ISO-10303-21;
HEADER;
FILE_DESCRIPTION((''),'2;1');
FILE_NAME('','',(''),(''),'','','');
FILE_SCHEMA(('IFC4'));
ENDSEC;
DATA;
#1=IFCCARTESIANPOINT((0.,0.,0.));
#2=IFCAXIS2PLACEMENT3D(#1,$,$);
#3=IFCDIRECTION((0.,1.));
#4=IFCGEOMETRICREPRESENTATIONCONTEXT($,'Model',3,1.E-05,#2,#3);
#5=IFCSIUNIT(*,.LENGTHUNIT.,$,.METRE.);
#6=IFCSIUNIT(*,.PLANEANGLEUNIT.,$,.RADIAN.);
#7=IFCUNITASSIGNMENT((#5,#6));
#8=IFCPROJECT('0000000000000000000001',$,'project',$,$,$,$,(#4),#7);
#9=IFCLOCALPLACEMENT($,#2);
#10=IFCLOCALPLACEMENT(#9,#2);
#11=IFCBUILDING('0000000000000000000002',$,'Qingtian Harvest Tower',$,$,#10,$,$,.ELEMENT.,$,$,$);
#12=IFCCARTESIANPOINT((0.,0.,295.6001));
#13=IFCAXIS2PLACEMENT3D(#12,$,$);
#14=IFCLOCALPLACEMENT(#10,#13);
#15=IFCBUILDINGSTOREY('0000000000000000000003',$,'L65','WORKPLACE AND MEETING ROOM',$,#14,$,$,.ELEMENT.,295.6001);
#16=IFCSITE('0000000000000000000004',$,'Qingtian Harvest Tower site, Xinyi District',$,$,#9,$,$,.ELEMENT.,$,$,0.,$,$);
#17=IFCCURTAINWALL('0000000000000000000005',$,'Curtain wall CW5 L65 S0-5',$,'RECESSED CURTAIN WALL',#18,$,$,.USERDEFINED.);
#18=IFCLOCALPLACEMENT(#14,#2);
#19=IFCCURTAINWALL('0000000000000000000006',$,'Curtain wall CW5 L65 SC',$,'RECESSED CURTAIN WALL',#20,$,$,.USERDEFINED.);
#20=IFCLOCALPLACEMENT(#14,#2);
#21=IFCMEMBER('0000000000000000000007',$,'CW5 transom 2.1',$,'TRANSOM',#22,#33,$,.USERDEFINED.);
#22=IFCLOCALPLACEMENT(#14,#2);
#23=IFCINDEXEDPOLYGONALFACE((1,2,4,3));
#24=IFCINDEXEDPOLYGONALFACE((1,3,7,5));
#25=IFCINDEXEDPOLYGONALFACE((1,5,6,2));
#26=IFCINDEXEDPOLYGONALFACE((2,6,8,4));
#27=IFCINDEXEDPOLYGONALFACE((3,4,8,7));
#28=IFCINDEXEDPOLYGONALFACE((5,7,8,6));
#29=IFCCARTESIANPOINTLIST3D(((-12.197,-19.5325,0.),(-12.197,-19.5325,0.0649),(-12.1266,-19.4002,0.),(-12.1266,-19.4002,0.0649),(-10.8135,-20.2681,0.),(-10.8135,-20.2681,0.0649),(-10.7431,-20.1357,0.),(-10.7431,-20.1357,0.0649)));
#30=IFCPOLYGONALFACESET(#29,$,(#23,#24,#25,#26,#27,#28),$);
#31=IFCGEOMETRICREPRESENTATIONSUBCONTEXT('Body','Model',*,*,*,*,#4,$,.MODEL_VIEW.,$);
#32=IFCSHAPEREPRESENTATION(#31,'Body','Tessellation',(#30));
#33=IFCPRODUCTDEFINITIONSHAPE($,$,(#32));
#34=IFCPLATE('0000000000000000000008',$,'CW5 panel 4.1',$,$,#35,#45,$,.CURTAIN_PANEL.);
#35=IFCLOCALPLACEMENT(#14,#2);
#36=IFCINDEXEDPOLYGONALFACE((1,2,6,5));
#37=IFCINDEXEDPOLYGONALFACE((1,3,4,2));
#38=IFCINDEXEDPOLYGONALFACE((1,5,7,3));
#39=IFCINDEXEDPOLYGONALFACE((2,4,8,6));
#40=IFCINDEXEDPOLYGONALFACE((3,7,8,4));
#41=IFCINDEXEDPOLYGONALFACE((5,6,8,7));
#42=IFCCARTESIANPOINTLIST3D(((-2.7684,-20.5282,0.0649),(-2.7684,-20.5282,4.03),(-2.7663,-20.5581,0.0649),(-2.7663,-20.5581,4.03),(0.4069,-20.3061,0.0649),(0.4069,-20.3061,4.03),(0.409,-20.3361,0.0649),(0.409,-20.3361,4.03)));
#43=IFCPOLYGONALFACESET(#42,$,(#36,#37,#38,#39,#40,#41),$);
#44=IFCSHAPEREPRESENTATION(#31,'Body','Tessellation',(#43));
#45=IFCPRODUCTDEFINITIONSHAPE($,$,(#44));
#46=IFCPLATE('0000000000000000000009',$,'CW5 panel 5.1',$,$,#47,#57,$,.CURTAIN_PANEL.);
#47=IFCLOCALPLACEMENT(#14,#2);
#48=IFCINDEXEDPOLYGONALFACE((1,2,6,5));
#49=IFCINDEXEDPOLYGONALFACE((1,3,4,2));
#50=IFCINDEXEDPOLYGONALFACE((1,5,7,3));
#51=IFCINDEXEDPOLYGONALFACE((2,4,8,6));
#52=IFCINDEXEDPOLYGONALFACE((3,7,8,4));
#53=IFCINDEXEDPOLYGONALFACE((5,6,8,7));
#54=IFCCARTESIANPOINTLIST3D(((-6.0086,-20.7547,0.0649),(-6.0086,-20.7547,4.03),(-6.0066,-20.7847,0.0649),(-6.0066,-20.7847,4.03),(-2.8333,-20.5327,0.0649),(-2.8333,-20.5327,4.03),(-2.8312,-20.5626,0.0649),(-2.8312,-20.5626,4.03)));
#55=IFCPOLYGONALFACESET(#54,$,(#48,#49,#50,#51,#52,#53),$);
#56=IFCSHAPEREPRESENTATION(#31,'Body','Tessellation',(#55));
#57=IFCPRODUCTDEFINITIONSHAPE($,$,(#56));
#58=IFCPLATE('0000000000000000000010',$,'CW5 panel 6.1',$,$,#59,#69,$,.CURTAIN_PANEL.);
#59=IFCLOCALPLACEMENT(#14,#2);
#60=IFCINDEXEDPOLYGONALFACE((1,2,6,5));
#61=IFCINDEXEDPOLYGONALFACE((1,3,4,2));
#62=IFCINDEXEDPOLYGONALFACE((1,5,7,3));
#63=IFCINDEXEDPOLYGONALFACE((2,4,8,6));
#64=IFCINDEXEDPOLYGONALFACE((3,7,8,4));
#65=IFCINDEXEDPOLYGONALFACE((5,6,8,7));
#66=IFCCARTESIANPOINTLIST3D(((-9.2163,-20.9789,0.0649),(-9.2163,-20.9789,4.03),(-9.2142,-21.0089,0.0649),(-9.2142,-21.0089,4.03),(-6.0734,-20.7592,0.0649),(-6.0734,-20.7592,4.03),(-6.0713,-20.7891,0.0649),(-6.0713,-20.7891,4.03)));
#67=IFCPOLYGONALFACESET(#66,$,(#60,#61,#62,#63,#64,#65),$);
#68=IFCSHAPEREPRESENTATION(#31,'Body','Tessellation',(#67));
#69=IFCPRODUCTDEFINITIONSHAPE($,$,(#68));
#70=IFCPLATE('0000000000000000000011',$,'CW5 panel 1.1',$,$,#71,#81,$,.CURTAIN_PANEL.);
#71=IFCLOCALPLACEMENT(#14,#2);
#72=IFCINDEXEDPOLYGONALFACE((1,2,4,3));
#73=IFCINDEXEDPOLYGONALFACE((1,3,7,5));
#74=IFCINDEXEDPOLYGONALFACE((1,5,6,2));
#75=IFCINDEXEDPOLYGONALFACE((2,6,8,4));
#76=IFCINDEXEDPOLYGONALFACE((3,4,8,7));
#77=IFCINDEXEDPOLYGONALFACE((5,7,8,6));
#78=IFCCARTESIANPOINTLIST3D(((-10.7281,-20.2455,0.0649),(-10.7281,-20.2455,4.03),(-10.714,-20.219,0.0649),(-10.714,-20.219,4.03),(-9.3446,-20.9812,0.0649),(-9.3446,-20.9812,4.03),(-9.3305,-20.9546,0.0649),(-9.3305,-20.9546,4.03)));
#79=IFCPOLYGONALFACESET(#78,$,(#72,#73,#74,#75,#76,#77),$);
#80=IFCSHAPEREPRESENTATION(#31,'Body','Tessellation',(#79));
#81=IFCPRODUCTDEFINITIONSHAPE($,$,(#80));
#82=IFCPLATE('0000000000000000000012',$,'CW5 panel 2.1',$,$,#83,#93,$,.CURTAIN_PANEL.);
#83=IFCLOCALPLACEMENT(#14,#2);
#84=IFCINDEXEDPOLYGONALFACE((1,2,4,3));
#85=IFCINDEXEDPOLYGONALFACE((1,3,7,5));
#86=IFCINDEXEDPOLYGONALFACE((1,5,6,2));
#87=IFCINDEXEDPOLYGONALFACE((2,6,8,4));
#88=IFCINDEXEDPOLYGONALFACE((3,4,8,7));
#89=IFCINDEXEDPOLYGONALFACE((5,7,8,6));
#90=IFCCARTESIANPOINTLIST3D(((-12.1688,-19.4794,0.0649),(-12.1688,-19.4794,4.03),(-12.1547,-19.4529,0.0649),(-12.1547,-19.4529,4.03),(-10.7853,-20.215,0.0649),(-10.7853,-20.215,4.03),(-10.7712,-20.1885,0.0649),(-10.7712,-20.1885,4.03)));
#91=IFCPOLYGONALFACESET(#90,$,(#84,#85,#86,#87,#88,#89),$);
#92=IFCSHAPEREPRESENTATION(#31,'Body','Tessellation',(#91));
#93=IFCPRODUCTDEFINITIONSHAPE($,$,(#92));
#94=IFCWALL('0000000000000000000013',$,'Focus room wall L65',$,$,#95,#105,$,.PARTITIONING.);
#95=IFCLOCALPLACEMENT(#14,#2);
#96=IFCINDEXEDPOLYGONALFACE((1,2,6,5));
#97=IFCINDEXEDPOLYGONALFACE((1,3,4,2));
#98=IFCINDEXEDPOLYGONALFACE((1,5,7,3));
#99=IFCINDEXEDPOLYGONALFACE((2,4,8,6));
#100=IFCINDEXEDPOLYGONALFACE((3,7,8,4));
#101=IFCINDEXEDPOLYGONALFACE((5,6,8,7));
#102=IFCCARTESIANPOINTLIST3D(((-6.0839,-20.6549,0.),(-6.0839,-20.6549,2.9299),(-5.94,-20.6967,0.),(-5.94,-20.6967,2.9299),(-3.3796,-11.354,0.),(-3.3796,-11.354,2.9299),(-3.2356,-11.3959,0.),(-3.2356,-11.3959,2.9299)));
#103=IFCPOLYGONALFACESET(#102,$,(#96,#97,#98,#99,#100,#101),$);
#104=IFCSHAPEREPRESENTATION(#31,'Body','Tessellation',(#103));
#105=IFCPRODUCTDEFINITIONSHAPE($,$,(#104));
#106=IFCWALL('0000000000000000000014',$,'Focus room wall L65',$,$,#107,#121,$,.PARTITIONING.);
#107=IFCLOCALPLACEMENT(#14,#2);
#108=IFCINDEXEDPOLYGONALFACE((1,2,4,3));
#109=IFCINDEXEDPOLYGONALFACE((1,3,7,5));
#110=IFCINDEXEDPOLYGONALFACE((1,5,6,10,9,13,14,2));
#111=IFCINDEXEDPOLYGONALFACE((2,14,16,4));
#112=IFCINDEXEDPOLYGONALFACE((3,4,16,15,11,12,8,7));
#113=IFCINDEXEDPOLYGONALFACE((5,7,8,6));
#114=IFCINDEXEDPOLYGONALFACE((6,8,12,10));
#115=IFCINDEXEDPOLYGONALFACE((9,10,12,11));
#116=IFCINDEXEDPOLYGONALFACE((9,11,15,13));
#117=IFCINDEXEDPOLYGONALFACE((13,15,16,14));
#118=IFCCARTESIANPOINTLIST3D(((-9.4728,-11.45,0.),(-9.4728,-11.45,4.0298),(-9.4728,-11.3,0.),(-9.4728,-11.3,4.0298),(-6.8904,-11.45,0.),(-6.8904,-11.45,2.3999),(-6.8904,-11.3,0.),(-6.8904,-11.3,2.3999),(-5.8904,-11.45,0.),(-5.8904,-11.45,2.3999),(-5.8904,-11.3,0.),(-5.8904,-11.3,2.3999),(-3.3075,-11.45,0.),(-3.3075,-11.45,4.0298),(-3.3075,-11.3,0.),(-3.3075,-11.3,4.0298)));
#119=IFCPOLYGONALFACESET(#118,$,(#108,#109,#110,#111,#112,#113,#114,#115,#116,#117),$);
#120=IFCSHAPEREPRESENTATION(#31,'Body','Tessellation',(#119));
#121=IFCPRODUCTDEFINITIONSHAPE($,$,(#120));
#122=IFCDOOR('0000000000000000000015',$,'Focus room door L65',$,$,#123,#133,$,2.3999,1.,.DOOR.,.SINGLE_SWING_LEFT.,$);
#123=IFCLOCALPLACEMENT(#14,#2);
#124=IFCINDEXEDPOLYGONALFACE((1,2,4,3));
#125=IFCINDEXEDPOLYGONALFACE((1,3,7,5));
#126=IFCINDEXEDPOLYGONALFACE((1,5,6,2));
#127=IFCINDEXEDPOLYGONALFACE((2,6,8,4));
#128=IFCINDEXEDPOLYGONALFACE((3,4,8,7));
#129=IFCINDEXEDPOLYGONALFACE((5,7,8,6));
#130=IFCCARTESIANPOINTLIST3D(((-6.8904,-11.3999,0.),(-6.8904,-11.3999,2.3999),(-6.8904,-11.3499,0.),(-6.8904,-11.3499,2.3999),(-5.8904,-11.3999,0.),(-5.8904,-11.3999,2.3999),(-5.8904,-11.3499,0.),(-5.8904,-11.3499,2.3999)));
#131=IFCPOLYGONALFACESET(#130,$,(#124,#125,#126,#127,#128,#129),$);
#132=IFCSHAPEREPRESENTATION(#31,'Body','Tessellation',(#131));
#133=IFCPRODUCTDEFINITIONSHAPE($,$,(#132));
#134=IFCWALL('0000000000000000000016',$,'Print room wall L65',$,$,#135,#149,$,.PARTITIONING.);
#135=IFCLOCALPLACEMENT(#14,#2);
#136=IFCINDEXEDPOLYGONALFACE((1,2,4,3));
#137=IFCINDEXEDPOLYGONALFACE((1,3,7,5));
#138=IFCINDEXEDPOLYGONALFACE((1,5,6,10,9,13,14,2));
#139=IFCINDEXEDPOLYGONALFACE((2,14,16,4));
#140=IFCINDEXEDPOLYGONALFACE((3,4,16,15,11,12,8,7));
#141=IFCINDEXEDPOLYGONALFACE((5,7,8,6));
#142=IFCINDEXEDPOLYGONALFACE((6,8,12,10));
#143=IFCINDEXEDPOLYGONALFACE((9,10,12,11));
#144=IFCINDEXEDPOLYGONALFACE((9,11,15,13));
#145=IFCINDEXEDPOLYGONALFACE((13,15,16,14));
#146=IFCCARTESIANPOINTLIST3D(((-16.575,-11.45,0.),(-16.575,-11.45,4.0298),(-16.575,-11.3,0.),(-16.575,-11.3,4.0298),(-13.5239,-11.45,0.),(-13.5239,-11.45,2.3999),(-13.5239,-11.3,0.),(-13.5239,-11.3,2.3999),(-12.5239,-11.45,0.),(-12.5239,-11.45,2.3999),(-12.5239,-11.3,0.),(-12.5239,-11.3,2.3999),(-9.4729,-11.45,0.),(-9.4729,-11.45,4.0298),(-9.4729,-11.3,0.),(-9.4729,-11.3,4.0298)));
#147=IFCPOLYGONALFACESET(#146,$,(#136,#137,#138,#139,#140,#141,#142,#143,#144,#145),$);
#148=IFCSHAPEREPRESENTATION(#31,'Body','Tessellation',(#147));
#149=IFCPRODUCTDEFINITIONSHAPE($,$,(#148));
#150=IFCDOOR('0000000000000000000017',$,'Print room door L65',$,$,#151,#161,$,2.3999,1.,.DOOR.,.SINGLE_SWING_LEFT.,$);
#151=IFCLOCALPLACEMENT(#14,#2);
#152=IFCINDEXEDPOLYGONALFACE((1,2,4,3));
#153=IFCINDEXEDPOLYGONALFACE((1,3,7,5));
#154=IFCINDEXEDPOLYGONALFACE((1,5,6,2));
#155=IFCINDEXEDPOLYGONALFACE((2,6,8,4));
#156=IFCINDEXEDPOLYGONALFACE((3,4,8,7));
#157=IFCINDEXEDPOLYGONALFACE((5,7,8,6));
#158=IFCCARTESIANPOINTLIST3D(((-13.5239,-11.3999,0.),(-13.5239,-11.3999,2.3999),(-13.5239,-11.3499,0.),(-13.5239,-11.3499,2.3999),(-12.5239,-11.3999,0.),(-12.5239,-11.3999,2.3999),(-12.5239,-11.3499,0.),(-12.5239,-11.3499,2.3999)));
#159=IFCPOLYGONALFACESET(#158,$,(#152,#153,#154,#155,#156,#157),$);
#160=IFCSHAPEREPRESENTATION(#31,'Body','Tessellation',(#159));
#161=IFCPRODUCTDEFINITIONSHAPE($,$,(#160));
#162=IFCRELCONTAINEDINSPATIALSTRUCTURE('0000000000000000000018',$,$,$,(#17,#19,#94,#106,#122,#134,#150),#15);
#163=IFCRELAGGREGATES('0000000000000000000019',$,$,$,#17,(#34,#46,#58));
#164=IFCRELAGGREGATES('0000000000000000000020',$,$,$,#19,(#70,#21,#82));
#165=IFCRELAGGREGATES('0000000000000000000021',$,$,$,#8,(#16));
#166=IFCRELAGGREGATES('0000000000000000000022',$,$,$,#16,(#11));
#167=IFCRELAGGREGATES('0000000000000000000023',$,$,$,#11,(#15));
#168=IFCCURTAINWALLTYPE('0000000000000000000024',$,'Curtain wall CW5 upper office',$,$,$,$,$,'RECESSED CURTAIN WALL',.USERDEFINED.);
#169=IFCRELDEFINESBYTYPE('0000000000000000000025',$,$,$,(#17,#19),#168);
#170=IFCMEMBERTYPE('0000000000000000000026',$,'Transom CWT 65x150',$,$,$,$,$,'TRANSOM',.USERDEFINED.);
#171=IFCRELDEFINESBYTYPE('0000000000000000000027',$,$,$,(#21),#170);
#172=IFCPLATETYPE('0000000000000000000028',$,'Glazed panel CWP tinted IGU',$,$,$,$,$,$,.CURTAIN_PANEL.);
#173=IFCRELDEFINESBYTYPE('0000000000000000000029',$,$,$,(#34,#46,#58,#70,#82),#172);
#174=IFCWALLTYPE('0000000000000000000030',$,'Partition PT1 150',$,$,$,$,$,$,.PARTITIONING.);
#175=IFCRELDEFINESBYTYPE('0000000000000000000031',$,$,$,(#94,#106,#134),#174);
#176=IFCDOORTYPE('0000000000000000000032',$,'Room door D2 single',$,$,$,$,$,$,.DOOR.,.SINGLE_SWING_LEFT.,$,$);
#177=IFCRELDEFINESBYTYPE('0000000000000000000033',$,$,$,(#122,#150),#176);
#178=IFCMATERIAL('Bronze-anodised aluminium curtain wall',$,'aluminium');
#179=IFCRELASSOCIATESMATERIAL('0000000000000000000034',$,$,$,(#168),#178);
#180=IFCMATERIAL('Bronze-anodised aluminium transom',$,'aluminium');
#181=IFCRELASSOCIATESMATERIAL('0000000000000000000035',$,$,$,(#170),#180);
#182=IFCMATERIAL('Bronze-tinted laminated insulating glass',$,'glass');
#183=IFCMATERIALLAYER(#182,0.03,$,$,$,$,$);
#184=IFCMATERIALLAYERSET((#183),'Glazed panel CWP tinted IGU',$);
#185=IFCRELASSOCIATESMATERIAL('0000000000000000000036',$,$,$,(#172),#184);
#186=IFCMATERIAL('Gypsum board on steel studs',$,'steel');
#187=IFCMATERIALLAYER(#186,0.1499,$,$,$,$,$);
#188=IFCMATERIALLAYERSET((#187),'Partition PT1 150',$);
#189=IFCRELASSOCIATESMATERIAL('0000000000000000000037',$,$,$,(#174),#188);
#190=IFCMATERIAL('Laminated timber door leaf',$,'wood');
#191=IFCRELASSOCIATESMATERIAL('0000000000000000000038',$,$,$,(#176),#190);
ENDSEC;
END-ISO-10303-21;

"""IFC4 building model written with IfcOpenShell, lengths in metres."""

from ifc_helpers import new_model, si_unit, direction, frame, frame_2d, origin, origin_2d, place, context, subcontext, project, spatial, rectangle, extrude, material, layer, layer_set, material_profile, profile_set, type_object, element, fill, aggregate, save


model = new_model("IFC4")

# Units and contexts
model_context = context("Model", 3, precision=1e-05, world=origin(), true_north=direction((0.0, 1.0)))
body_context = subcontext(model_context, "Body", "Model", "MODEL_VIEW")
ifc_project = project(units=[si_unit("LENGTHUNIT", "METRE"), si_unit("PLANEANGLEUNIT", "RADIAN")], contexts=[model_context])

# Site, building, storey
site_placement = place(None, origin())
site = spatial("IfcSite", under=ifc_project, at=site_placement, Name="Qingtian Harvest Tower site, Xinyi District", CompositionType="ELEMENT", RefElevation=0.0)
building_placement = place(site_placement, origin())
building = spatial("IfcBuilding", under=site, at=building_placement, Name="Qingtian Harvest Tower", CompositionType="ELEMENT")
storey_placement = place(building_placement, frame((0.0, 0.0, 295.6001)))
storey = spatial("IfcBuildingStorey", under=building, at=storey_placement, Name="L65", Description="WORKPLACE AND MEETING ROOM", CompositionType="ELEMENT", Elevation=295.6001)

# Curtain walls
ifc_material_1 = material(Name="Bronze-anodised aluminium curtain wall", Category="aluminium")
curtain_wall_type = type_object("IfcCurtainWallType", Name="Curtain wall CW5 upper office", ElementType="RECESSED CURTAIN WALL", PredefinedType="USERDEFINED", material=ifc_material_1)
curtain_wall_1_placement = place(storey_placement, origin())
curtain_wall_1 = element("IfcCurtainWall", 1, at=curtain_wall_1_placement, inside=storey, type_object=curtain_wall_type, Name="Curtain wall CW5 L65 S0-5", ObjectType="RECESSED CURTAIN WALL", PredefinedType="USERDEFINED")
curtain_wall_2_placement = place(storey_placement, origin())
curtain_wall_2 = element("IfcCurtainWall", 2, at=curtain_wall_2_placement, inside=storey, type_object=curtain_wall_type, Name="Curtain wall CW5 L65 SC", ObjectType="RECESSED CURTAIN WALL", PredefinedType="USERDEFINED")

# Member
ifc_material_2 = material(Name="Bronze-anodised aluminium transom", Category="aluminium")
ifc_material_profile_1 = material_profile(ifc_material_2, rectangle(XDim=0.1499, YDim=0.0649, at=origin_2d()), Name="AL 65x150")
ifc_profile_set_1 = profile_set([ifc_material_profile_1], Name="Bronze-anodised aluminium transom")
member_type_1 = type_object("IfcMemberType", Name="Transom CWT 65x150", ElementType="TRANSOM", PredefinedType="USERDEFINED", material=ifc_profile_set_1)
member_1_placement = place(storey_placement, frame((-10.7783, -20.2019, 0.0325), z_axis=(-0.88296, 0.469448, 0.0), x_axis=(-0.469448, -0.88296, 0.0)))
member_1 = element("IfcMember", 3, at=member_1_placement, type_object=member_type_1, Name="CW5 transom 2.1", ObjectType="TRANSOM", PredefinedType="USERDEFINED", context=body_context, shape_type="SweptSolid", body=[
    extrude(rectangle(XDim=0.1499, YDim=0.0649, at=origin_2d()), origin(), (0.0, 0.0, 1.0), 1.5669),
])

# Plates
ifc_material_3 = material(Name="Bronze-tinted laminated insulating glass", Category="glass")
ifc_layer_1 = layer(ifc_material_3, 0.03)
ifc_layer_set_1 = layer_set([ifc_layer_1], Name="Glazed panel CWP tinted IGU")
plate_type = type_object("IfcPlateType", Name="Glazed panel CWP tinted IGU", PredefinedType="CURTAIN_PANEL", material=ifc_layer_set_1)
plate_1_placement = place(storey_placement, frame((-1.1797, -20.4321, 0.0649), z_axis=(0.0, 0.0, 1.0), x_axis=(-0.997564, -0.069756, 0.0)))
plate_1 = element("IfcPlate", 4, at=plate_1_placement, type_object=plate_type, Name="CW5 panel 4.1", PredefinedType="CURTAIN_PANEL", context=body_context, shape_type="SweptSolid", body=[
    extrude(rectangle(XDim=3.1831, YDim=0.03, at=origin_2d()), origin(), (0.0, 0.0, 1.0), 3.9651),
])
plate_2_placement = place(storey_placement, frame((-4.4199, -20.6587, 0.0649), z_axis=(0.0, 0.0, 1.0), x_axis=(-0.997564, -0.069756, 0.0)))
plate_2 = element("IfcPlate", 5, at=plate_2_placement, type_object=plate_type, Name="CW5 panel 5.1", PredefinedType="CURTAIN_PANEL", context=body_context, shape_type="SweptSolid", body=[
    extrude(rectangle(XDim=3.1831, YDim=0.03, at=origin_2d()), origin(), (0.0, 0.0, 1.0), 3.9651),
])
plate_3_placement = place(storey_placement, frame((-7.6438, -20.884, 0.0649), z_axis=(0.0, 0.0, 1.0), x_axis=(-0.997564, -0.069756, 0.0)))
plate_3 = element("IfcPlate", 6, at=plate_3_placement, type_object=plate_type, Name="CW5 panel 6.1", PredefinedType="CURTAIN_PANEL", context=body_context, shape_type="SweptSolid", body=[
    extrude(rectangle(XDim=3.1506, YDim=0.03, at=origin_2d()), origin(), (0.0, 0.0, 1.0), 3.9651),
])
aggregate(curtain_wall_1, [plate_1, plate_2, plate_3])
plate_4_placement = place(storey_placement, frame((-10.0293, -20.6001, 0.0649), z_axis=(0.0, 0.0, 1.0), x_axis=(-0.882948, 0.469472, 0.0)))
plate_4 = element("IfcPlate", 7, at=plate_4_placement, type_object=plate_type, Name="CW5 panel 1.1", PredefinedType="CURTAIN_PANEL", context=body_context, shape_type="SweptSolid", body=[
    extrude(rectangle(XDim=1.5669, YDim=0.03, at=origin_2d()), origin(), (0.0, 0.0, 1.0), 3.9651),
])
plate_5_placement = place(storey_placement, frame((-11.47, -19.834, 0.0649), z_axis=(0.0, 0.0, 1.0), x_axis=(-0.882948, 0.469472, 0.0)))
plate_5 = element("IfcPlate", 8, at=plate_5_placement, type_object=plate_type, Name="CW5 panel 2.1", PredefinedType="CURTAIN_PANEL", context=body_context, shape_type="SweptSolid", body=[
    extrude(rectangle(XDim=1.5669, YDim=0.03, at=origin_2d()), origin(), (0.0, 0.0, 1.0), 3.9651),
])
aggregate(curtain_wall_2, [plate_4, member_1, plate_5])

# Wall
ifc_material_4 = material(Name="Gypsum board on steel studs", Category="steel")
ifc_layer_2 = layer(ifc_material_4, 0.1499)
ifc_layer_set_2 = layer_set([ifc_layer_2], Name="Partition PT1 150")
wall_type = type_object("IfcWallType", Name="Partition PT1 150", PredefinedType="PARTITIONING", material=ifc_layer_set_2)
wall_1_placement = place(storey_placement, frame((-6.012, -20.6758, 0.0), z_axis=(0.0, 0.0, 1.0), x_axis=(0.279202, 0.960232, 0.0)))
element("IfcWall", 9, at=wall_1_placement, inside=storey, type_object=wall_type, Name="Focus room wall L65", PredefinedType="PARTITIONING", context=body_context, shape_type="SweptSolid", body=[
    extrude(rectangle(XDim=9.686, YDim=0.1499, at=frame_2d((4.843, 0.0))), origin(), (0.0, 0.0, 1.0), 2.9299),
])

# Walls, openings, doors
wall_2_placement = place(storey_placement, frame((-3.3076, -11.375, 0.0), z_axis=(0.0, 0.0, 1.0), x_axis=(-1.0, 0.0, 0.0)))
wall_2 = element("IfcWall", 10, at=wall_2_placement, inside=storey, type_object=wall_type, Name="Focus room wall L65", PredefinedType="PARTITIONING", context=body_context, shape_type="SweptSolid", body=[
    extrude(rectangle(XDim=6.1653, YDim=0.1499, at=frame_2d((3.0825, 0.0))), origin(), (0.0, 0.0, 1.0), 4.0298),
])
opening_1_placement = place(wall_2_placement, frame((2.5828, 0.0, 0.0)))
opening_1 = element("IfcOpeningElement", 11, at=opening_1_placement, cuts=wall_2, PredefinedType="OPENING", context=body_context, shape_type="SweptSolid", body=[
    extrude(rectangle(XDim=1.0, YDim=2.3999, at=frame_2d((0.5, 1.2))), frame((0.0, 0.085, 0.0), z_axis=(0.0, -1.0, 0.0), x_axis=(1.0, 0.0, 0.0)), (0.0, 0.0, 1.0), 0.1699),
])
ifc_material_5 = material(Name="Laminated timber door leaf", Category="wood")
door_type = type_object("IfcDoorType", Name="Room door D2 single", OperationType="SINGLE_SWING_LEFT", PredefinedType="DOOR", material=ifc_material_5)
door_1_placement = place(opening_1_placement, origin())
door_1 = element("IfcDoor", 12, at=door_1_placement, inside=storey, type_object=door_type, Name="Focus room door L65", OperationType="SINGLE_SWING_LEFT", OverallHeight=2.3999, OverallWidth=1.0, PredefinedType="DOOR", context=body_context, shape_type="SweptSolid", body=[
    extrude(rectangle(XDim=1.0, YDim=2.3999, at=frame_2d((0.5, 1.2))), frame((0.0, 0.0249, 0.0), z_axis=(0.0, -1.0, 0.0), x_axis=(1.0, 0.0, 0.0)), (0.0, 0.0, 1.0), 0.05),
])
fill(opening_1, door_1)
wall_3_placement = place(storey_placement, frame((-9.4729, -11.375, 0.0), z_axis=(0.0, 0.0, 1.0), x_axis=(-1.0, 0.0, 0.0)))
wall_3 = element("IfcWall", 13, at=wall_3_placement, inside=storey, type_object=wall_type, Name="Print room wall L65", PredefinedType="PARTITIONING", context=body_context, shape_type="SweptSolid", body=[
    extrude(rectangle(XDim=7.1021, YDim=0.1499, at=frame_2d((3.551, 0.0))), origin(), (0.0, 0.0, 1.0), 4.0298),
])
opening_2_placement = place(wall_3_placement, frame((3.051, 0.0, 0.0)))
opening_2 = element("IfcOpeningElement", 14, at=opening_2_placement, cuts=wall_3, PredefinedType="OPENING", context=body_context, shape_type="SweptSolid", body=[
    extrude(rectangle(XDim=1.0, YDim=2.3999, at=frame_2d((0.5, 1.2))), frame((0.0, 0.085, 0.0), z_axis=(0.0, -1.0, 0.0), x_axis=(1.0, 0.0, 0.0)), (0.0, 0.0, 1.0), 0.1699),
])
door_2_placement = place(opening_2_placement, origin())
door_2 = element("IfcDoor", 15, at=door_2_placement, inside=storey, type_object=door_type, Name="Print room door L65", OperationType="SINGLE_SWING_LEFT", OverallHeight=2.3999, OverallWidth=1.0, PredefinedType="DOOR", context=body_context, shape_type="SweptSolid", body=[
    extrude(rectangle(XDim=1.0, YDim=2.3999, at=frame_2d((0.5, 1.2))), frame((0.0, 0.0249, 0.0), z_axis=(0.0, -1.0, 0.0), x_axis=(1.0, 0.0, 0.0)), (0.0, 0.0, 1.0), 0.05),
])
fill(opening_2, door_2)

save(model, "model.ifc")
